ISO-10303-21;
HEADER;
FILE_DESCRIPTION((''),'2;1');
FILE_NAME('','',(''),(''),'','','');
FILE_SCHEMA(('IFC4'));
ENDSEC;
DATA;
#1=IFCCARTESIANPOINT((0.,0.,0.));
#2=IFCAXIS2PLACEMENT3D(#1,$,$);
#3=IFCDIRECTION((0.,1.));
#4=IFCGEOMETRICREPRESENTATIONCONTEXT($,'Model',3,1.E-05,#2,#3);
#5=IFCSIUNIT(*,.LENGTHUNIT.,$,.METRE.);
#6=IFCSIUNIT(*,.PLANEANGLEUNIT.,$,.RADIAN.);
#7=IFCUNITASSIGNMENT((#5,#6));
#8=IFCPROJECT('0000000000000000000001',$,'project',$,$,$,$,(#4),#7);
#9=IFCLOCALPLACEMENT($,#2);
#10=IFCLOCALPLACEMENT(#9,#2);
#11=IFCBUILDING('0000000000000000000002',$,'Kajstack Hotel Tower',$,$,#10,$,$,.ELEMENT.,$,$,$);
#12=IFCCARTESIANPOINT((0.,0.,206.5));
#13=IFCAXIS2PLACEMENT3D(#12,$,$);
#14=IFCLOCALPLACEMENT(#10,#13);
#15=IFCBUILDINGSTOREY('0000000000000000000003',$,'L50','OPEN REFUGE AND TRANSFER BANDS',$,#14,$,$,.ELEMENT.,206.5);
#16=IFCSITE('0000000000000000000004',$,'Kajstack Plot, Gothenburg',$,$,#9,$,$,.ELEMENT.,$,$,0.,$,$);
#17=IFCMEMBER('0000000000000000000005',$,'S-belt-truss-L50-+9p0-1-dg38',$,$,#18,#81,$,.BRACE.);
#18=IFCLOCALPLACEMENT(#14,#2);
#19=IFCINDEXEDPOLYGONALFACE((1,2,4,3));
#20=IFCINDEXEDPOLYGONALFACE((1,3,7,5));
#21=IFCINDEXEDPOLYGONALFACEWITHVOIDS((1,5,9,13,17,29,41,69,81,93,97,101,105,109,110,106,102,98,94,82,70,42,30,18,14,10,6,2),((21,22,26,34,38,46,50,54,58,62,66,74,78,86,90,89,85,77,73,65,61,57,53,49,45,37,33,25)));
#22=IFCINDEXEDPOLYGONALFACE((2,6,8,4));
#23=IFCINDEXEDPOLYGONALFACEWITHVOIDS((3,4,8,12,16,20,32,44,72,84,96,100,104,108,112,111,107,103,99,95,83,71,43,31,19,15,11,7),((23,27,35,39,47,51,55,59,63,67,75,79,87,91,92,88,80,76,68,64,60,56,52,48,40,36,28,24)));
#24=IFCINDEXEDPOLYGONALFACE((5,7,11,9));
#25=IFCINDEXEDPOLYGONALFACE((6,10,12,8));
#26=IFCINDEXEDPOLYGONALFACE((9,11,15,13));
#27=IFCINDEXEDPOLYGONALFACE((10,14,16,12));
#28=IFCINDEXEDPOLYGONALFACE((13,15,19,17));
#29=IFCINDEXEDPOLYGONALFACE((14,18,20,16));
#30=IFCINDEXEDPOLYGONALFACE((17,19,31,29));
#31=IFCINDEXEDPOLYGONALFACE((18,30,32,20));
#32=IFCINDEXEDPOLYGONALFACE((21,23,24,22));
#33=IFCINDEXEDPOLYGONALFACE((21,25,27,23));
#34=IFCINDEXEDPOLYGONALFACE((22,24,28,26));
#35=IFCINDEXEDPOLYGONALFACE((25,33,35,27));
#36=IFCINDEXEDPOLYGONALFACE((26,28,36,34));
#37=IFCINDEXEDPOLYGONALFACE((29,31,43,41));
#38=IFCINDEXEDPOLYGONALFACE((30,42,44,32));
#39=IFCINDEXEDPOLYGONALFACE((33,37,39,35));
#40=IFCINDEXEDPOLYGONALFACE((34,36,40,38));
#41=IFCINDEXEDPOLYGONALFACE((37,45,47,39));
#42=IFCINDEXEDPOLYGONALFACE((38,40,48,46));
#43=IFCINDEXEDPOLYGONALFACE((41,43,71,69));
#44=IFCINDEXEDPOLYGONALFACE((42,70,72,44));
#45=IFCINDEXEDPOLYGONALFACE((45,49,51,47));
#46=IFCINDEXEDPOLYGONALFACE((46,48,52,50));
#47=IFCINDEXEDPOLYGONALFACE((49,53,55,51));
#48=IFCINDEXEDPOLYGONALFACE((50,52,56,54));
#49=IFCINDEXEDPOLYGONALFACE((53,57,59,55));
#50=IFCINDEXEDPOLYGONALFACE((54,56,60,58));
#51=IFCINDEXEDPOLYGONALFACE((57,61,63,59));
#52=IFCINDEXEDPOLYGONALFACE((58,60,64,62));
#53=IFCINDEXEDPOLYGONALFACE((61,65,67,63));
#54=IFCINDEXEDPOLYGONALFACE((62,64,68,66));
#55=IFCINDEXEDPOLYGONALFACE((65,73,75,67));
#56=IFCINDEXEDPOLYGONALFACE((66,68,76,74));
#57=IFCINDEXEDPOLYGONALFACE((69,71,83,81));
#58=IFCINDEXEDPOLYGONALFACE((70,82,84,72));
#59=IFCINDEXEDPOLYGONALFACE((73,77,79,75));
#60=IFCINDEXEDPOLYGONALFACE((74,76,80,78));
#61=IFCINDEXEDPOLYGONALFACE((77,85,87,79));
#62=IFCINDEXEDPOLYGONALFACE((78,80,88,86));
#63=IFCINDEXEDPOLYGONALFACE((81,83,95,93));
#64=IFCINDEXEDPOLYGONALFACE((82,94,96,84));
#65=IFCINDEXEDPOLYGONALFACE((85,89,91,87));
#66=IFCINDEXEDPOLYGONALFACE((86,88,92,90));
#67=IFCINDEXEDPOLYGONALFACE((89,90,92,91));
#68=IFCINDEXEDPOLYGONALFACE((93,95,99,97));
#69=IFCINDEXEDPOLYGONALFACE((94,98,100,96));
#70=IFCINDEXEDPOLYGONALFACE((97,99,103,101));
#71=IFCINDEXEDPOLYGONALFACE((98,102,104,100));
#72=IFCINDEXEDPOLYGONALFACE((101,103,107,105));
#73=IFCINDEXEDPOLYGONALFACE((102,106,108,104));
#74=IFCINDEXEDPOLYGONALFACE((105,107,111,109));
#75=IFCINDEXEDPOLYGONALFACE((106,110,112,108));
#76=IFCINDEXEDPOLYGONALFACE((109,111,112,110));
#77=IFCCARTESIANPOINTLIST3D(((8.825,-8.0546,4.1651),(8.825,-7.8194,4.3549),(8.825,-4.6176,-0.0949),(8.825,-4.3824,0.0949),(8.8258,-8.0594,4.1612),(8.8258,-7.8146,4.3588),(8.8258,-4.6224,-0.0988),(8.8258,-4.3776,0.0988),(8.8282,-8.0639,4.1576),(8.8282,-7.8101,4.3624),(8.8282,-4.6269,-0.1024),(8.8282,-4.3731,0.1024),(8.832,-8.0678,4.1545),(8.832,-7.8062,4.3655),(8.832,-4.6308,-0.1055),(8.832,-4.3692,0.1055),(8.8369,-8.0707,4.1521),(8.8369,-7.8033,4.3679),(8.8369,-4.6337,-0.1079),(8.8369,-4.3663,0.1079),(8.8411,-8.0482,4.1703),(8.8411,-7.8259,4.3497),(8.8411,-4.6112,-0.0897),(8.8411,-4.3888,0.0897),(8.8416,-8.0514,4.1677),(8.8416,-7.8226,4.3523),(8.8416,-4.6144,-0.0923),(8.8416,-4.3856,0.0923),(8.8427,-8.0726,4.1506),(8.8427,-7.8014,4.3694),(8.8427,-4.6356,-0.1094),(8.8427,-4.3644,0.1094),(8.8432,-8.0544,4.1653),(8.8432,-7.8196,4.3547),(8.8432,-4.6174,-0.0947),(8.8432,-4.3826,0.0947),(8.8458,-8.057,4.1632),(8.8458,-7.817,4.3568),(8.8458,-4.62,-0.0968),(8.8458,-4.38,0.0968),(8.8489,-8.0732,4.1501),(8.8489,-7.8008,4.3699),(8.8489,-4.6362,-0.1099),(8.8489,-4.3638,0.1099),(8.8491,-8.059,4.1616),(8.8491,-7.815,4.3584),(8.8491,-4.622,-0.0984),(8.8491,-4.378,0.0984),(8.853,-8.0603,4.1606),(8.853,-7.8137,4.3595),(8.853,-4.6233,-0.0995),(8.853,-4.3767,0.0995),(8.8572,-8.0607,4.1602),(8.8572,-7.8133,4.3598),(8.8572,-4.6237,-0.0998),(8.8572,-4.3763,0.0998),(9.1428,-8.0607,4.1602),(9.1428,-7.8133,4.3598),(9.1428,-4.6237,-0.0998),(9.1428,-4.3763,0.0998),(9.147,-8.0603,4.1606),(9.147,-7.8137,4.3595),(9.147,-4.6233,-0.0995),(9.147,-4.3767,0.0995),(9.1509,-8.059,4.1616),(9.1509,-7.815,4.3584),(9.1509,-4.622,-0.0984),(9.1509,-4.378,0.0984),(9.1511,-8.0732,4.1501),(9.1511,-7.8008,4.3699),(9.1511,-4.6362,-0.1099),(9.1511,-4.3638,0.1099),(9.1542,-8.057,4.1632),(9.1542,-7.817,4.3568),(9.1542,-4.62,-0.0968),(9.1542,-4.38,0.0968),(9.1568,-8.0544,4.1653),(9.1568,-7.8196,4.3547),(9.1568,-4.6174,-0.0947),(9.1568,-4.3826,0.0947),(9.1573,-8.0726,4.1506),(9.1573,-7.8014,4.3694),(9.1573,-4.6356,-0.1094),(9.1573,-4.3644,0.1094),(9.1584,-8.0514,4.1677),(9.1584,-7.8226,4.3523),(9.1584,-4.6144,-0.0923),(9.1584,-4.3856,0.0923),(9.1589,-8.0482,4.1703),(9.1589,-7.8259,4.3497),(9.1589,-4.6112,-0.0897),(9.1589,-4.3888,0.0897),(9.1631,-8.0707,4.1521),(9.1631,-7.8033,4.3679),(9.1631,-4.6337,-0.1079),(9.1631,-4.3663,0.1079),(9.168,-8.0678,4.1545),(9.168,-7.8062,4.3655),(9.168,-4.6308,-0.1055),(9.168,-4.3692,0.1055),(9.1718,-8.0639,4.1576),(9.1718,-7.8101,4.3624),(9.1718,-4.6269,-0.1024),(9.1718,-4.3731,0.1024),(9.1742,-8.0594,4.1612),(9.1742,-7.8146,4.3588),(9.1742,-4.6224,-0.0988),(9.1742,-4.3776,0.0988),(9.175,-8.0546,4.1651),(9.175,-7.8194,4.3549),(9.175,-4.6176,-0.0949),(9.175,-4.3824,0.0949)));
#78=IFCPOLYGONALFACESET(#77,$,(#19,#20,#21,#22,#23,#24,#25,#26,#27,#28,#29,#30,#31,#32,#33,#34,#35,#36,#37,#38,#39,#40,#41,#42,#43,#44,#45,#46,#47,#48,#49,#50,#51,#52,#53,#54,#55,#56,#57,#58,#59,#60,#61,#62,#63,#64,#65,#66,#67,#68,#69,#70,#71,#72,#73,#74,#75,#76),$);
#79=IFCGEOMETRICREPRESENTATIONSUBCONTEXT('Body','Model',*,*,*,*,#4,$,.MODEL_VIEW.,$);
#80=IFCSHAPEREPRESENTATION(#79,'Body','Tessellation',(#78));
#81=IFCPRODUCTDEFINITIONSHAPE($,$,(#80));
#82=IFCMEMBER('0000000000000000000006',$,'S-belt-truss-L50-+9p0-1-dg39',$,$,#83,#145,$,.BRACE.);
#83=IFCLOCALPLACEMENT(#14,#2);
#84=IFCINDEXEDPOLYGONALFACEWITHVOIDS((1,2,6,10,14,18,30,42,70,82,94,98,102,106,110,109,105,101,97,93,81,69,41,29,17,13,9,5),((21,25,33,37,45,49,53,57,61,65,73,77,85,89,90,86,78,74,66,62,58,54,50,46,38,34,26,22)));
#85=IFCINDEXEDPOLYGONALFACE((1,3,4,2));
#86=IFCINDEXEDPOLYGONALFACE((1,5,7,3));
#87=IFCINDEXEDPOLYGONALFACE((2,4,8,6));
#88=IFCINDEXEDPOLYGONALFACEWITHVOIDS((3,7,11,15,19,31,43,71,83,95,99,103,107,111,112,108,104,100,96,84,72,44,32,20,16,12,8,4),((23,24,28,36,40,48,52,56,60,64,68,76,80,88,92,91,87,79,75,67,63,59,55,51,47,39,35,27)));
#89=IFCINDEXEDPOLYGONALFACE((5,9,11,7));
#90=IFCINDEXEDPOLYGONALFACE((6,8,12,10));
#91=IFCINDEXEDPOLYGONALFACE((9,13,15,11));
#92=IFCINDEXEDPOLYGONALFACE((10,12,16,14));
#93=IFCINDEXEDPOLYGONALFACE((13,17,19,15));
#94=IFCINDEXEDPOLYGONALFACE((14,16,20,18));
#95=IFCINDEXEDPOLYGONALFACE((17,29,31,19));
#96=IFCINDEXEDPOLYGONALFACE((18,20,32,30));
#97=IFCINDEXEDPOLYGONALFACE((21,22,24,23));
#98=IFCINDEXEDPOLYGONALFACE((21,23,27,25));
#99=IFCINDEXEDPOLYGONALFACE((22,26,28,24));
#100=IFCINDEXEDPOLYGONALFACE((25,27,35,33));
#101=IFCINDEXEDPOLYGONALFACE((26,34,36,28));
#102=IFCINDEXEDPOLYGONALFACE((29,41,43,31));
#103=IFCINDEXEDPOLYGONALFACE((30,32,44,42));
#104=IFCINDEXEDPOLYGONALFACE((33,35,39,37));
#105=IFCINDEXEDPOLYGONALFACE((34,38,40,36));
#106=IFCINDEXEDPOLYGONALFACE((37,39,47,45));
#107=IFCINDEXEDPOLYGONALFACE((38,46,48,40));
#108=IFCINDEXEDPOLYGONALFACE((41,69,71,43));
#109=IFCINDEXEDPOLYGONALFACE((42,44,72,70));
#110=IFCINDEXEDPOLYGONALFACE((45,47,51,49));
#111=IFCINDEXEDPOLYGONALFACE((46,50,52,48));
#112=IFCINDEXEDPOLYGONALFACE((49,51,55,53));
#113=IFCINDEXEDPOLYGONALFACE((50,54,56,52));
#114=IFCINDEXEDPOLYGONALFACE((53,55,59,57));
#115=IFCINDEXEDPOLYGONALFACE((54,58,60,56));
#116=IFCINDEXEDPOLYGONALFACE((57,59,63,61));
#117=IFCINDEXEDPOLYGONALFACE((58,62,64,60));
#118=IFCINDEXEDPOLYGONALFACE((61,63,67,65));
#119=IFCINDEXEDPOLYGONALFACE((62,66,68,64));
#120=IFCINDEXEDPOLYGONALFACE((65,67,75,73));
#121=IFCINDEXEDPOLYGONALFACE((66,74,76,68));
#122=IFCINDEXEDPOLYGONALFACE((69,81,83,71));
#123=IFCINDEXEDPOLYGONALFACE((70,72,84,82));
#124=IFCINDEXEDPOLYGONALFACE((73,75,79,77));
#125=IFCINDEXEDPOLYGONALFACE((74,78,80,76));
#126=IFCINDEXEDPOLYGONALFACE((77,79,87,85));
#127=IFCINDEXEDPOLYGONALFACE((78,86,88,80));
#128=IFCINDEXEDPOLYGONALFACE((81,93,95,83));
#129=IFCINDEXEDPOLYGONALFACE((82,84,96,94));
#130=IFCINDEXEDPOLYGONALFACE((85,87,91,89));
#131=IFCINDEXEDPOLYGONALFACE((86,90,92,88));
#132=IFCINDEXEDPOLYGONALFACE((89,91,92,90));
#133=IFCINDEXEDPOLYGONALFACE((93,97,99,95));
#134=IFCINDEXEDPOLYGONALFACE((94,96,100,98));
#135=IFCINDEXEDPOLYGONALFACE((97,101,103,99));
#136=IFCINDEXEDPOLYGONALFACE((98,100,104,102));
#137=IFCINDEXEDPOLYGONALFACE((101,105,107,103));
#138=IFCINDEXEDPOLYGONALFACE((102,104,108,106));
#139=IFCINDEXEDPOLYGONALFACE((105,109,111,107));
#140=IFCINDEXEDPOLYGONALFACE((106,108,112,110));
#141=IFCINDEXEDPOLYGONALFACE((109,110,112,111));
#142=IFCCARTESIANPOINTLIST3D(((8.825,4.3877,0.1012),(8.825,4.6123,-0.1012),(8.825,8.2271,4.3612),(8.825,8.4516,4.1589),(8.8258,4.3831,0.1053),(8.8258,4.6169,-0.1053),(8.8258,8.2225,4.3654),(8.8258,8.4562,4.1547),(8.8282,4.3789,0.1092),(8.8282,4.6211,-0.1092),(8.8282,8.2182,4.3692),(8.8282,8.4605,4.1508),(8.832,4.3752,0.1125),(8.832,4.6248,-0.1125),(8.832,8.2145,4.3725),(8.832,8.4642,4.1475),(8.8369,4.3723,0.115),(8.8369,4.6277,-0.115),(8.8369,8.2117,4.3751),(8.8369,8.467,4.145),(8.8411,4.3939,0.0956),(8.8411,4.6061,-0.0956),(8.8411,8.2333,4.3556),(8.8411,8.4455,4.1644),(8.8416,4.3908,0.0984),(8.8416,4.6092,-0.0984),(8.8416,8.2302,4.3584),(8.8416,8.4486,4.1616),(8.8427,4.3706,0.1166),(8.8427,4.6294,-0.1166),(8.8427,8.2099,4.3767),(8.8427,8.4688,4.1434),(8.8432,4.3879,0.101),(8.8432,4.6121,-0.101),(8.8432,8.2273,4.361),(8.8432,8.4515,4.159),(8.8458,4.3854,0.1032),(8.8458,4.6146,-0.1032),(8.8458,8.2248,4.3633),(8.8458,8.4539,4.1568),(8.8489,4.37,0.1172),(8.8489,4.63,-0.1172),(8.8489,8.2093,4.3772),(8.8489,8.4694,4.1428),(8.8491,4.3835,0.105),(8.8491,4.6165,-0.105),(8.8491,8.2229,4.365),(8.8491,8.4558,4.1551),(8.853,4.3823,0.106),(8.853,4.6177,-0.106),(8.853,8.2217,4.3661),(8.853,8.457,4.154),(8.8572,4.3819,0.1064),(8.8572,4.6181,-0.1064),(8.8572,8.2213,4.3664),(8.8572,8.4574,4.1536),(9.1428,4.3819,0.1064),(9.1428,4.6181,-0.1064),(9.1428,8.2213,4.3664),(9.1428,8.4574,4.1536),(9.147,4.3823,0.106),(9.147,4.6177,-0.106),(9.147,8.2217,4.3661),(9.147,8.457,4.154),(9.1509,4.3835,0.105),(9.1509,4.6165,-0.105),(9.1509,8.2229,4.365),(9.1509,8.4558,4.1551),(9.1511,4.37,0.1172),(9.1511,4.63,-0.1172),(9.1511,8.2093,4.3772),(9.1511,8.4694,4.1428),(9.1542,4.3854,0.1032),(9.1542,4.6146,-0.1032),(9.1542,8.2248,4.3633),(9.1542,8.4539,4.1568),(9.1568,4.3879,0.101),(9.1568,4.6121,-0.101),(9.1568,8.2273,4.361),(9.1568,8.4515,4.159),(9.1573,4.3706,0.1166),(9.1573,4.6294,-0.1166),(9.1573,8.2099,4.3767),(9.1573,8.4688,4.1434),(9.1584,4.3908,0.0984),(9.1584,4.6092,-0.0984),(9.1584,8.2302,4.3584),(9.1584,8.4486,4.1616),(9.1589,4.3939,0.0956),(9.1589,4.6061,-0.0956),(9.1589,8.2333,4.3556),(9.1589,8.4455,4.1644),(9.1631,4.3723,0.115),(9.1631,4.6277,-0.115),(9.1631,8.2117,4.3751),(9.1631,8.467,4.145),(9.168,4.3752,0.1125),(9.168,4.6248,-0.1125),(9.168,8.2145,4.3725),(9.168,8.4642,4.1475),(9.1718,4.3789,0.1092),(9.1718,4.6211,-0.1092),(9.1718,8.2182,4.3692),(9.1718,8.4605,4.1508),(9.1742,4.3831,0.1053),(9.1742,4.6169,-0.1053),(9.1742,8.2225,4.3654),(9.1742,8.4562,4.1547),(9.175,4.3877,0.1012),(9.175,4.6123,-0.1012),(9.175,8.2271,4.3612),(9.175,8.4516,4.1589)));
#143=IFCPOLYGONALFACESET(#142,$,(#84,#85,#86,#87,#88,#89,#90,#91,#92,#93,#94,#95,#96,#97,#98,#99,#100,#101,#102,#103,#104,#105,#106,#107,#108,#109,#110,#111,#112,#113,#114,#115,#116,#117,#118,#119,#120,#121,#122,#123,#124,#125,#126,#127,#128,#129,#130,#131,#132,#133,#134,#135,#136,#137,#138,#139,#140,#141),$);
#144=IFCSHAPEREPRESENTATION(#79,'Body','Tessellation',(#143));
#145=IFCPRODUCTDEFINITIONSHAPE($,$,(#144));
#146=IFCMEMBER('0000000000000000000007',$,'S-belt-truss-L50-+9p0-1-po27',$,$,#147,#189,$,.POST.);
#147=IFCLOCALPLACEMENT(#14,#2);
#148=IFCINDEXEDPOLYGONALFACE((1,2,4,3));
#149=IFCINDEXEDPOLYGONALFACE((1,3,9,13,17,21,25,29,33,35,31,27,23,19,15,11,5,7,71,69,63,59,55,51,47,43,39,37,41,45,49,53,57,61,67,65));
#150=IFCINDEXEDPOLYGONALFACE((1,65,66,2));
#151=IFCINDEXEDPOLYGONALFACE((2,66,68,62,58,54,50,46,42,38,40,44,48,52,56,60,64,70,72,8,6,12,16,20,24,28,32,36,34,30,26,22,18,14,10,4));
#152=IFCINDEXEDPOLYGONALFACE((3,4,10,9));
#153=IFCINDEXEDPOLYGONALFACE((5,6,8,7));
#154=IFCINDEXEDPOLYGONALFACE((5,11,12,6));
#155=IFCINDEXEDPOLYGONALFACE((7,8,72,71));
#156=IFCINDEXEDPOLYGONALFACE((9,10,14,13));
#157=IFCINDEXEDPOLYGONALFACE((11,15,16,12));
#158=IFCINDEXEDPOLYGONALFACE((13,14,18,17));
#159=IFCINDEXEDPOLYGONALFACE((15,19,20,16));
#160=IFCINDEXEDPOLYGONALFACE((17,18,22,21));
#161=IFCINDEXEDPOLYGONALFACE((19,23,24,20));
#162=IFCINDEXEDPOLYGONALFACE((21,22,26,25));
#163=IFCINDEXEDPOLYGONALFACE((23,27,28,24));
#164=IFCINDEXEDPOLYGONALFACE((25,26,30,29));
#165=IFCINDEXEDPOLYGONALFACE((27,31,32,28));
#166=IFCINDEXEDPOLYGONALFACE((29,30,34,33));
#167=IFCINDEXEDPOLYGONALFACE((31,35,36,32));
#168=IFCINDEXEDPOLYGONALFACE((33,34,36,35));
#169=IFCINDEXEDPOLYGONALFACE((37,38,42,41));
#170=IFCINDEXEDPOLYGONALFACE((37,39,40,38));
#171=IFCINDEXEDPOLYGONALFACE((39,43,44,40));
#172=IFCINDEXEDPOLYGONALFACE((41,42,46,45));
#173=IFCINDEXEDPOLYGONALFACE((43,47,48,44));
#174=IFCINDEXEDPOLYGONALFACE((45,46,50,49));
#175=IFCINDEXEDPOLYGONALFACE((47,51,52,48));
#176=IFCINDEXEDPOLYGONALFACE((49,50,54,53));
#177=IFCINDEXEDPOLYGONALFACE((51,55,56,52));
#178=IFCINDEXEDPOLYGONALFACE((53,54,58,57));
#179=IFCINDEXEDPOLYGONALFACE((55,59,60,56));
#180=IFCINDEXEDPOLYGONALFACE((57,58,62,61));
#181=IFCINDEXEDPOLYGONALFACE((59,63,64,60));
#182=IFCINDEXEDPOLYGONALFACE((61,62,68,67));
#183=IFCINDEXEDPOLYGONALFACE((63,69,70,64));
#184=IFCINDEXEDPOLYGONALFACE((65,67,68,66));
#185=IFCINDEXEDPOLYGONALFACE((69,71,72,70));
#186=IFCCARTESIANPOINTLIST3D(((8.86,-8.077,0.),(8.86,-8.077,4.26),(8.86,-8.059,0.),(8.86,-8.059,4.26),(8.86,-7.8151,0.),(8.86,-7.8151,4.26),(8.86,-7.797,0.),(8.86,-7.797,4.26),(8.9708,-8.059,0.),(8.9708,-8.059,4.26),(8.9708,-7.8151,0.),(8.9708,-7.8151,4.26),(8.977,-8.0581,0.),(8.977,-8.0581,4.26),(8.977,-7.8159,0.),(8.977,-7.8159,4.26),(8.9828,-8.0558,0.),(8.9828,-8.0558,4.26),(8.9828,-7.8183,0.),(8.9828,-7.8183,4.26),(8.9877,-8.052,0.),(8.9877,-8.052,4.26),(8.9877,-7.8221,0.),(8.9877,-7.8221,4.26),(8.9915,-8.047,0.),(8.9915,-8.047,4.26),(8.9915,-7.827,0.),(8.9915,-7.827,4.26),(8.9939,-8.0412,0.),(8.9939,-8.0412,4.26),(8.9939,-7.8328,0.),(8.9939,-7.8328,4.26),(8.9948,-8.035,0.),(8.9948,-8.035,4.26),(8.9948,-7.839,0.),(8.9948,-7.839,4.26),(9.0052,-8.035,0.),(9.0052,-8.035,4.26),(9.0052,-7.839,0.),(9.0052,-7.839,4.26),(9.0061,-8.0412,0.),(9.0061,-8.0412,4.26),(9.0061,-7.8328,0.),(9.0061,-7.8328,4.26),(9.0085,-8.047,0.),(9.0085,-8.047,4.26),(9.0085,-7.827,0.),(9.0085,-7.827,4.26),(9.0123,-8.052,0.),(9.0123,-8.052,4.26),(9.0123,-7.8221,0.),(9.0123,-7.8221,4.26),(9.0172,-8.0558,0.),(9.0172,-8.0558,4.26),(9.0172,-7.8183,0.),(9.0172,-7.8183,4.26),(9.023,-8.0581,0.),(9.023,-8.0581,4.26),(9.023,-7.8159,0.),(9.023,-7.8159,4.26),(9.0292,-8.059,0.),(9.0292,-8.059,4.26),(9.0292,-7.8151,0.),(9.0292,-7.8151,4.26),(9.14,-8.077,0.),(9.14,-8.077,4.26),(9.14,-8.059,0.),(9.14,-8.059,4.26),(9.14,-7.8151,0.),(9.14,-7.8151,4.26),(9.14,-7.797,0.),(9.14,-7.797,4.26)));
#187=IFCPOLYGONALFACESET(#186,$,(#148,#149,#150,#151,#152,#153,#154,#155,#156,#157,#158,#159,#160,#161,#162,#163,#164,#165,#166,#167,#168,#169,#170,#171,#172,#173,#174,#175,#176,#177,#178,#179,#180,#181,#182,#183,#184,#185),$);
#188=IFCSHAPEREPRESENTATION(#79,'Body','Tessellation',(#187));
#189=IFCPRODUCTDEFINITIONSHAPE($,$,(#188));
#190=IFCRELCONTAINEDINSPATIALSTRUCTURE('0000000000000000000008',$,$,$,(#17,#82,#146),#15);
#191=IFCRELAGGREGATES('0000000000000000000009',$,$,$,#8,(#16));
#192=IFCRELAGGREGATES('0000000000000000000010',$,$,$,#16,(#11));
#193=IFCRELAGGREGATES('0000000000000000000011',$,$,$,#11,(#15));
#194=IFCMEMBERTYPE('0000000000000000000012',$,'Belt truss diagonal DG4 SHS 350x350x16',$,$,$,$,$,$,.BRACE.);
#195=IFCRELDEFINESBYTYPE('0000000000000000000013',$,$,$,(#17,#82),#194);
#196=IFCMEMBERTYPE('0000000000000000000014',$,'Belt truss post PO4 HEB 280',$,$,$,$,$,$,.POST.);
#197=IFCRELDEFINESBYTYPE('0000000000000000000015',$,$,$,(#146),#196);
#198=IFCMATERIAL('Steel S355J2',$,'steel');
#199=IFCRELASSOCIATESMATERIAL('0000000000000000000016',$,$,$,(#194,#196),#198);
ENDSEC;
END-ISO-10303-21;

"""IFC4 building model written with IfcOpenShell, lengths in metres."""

from ifc_helpers import new_model, si_unit, direction, frame, origin, origin_2d, place, context, subcontext, project, spatial, hollow_rectangle, i_section, extrude, material, material_profile, profile_set, type_object, element, save


model = new_model("IFC4")

# Units and contexts
model_context = context("Model", 3, precision=1e-05, world=origin(), true_north=direction((0.0, 1.0)))
body_context = subcontext(model_context, "Body", "Model", "MODEL_VIEW")
ifc_project = project(units=[si_unit("LENGTHUNIT", "METRE"), si_unit("PLANEANGLEUNIT", "RADIAN")], contexts=[model_context])

# Site, building, storey
site_placement = place(None, origin())
site = spatial("IfcSite", under=ifc_project, at=site_placement, Name="Kajstack Plot, Gothenburg", CompositionType="ELEMENT", RefElevation=0.0)
building_placement = place(site_placement, origin())
building = spatial("IfcBuilding", under=site, at=building_placement, Name="Kajstack Hotel Tower", CompositionType="ELEMENT")
storey_placement = place(building_placement, frame((0.0, 0.0, 206.5)))
storey = spatial("IfcBuildingStorey", under=building, at=storey_placement, Name="L50", Description="OPEN REFUGE AND TRANSFER BANDS", CompositionType="ELEMENT", Elevation=206.5)

# Members
ifc_material_1 = material(Name="Steel S355J2", Category="steel")
ifc_material_profile_1 = material_profile(ifc_material_1, hollow_rectangle(XDim=0.3501, YDim=0.3501, WallThickness=0.0161, InnerFilletRadius=0.0161, OuterFilletRadius=0.0239, at=origin_2d()), Name="SHS 350x350x16")
ifc_profile_set_1 = profile_set([ifc_material_profile_1], Name="Steel S355J2")
member_type_1 = type_object("IfcMemberType", Name="Belt truss diagonal DG4 SHS 350x350x16", PredefinedType="BRACE", material=ifc_profile_set_1)
member_1_placement = place(storey_placement, frame((9.0, -4.5, 0.0), z_axis=(0.0, -0.627921, 0.778277), x_axis=(1.0, 0.0, 0.0)))
element("IfcMember", 1, at=member_1_placement, inside=storey, type_object=member_type_1, Name="S-belt-truss-L50-+9p0-1-dg38", PredefinedType="BRACE", context=body_context, shape_type="SweptSolid", body=[
    extrude(hollow_rectangle(XDim=0.3501, YDim=0.3501, WallThickness=0.0161, InnerFilletRadius=0.0161, OuterFilletRadius=0.0239, at=origin_2d()), origin(), (0.0, 0.0, 1.0), 5.4736),
])
member_2_placement = place(storey_placement, frame((9.0, 4.5, 0.0), z_axis=(0.0, 0.66948, 0.74283), x_axis=(-1.0, 0.0, 0.0)))
element("IfcMember", 2, at=member_2_placement, inside=storey, type_object=member_type_1, Name="S-belt-truss-L50-+9p0-1-dg39", PredefinedType="BRACE", context=body_context, shape_type="SweptSolid", body=[
    extrude(hollow_rectangle(XDim=0.3501, YDim=0.3501, WallThickness=0.0161, InnerFilletRadius=0.0161, OuterFilletRadius=0.0239, at=origin_2d()), origin(), (0.0, 0.0, 1.0), 5.7349),
])
ifc_material_profile_2 = material_profile(ifc_material_1, i_section(OverallWidth=0.28, OverallDepth=0.28, WebThickness=0.0105, FlangeThickness=0.0181, FilletRadius=0.0239, at=origin_2d()), Name="HEB 280")
ifc_profile_set_2 = profile_set([ifc_material_profile_2], Name="Steel S355J2")
member_type_2 = type_object("IfcMemberType", Name="Belt truss post PO4 HEB 280", PredefinedType="POST", material=ifc_profile_set_2)
for number, where, z_axis, x_axis, name in (
    (3, (9.0, -7.937, 0.0), (0.0, 0.0, 1.0), (1.0, 0.0, 0.0), "S-belt-truss-L50-+9p0-1-po27"),
):
    element("IfcMember", number, at=place(storey_placement, frame(where, z_axis=z_axis, x_axis=x_axis)), inside=storey, type_object=member_type_2, Name=name, PredefinedType="POST", context=body_context, shape_type="SweptSolid", body=[
        extrude(i_section(OverallWidth=0.28, OverallDepth=0.28, WebThickness=0.0105, FlangeThickness=0.0181, FilletRadius=0.0239, at=origin_2d()), origin(), (0.0, 0.0, 1.0), 4.26),
    ])

save(model, "model.ifc")
